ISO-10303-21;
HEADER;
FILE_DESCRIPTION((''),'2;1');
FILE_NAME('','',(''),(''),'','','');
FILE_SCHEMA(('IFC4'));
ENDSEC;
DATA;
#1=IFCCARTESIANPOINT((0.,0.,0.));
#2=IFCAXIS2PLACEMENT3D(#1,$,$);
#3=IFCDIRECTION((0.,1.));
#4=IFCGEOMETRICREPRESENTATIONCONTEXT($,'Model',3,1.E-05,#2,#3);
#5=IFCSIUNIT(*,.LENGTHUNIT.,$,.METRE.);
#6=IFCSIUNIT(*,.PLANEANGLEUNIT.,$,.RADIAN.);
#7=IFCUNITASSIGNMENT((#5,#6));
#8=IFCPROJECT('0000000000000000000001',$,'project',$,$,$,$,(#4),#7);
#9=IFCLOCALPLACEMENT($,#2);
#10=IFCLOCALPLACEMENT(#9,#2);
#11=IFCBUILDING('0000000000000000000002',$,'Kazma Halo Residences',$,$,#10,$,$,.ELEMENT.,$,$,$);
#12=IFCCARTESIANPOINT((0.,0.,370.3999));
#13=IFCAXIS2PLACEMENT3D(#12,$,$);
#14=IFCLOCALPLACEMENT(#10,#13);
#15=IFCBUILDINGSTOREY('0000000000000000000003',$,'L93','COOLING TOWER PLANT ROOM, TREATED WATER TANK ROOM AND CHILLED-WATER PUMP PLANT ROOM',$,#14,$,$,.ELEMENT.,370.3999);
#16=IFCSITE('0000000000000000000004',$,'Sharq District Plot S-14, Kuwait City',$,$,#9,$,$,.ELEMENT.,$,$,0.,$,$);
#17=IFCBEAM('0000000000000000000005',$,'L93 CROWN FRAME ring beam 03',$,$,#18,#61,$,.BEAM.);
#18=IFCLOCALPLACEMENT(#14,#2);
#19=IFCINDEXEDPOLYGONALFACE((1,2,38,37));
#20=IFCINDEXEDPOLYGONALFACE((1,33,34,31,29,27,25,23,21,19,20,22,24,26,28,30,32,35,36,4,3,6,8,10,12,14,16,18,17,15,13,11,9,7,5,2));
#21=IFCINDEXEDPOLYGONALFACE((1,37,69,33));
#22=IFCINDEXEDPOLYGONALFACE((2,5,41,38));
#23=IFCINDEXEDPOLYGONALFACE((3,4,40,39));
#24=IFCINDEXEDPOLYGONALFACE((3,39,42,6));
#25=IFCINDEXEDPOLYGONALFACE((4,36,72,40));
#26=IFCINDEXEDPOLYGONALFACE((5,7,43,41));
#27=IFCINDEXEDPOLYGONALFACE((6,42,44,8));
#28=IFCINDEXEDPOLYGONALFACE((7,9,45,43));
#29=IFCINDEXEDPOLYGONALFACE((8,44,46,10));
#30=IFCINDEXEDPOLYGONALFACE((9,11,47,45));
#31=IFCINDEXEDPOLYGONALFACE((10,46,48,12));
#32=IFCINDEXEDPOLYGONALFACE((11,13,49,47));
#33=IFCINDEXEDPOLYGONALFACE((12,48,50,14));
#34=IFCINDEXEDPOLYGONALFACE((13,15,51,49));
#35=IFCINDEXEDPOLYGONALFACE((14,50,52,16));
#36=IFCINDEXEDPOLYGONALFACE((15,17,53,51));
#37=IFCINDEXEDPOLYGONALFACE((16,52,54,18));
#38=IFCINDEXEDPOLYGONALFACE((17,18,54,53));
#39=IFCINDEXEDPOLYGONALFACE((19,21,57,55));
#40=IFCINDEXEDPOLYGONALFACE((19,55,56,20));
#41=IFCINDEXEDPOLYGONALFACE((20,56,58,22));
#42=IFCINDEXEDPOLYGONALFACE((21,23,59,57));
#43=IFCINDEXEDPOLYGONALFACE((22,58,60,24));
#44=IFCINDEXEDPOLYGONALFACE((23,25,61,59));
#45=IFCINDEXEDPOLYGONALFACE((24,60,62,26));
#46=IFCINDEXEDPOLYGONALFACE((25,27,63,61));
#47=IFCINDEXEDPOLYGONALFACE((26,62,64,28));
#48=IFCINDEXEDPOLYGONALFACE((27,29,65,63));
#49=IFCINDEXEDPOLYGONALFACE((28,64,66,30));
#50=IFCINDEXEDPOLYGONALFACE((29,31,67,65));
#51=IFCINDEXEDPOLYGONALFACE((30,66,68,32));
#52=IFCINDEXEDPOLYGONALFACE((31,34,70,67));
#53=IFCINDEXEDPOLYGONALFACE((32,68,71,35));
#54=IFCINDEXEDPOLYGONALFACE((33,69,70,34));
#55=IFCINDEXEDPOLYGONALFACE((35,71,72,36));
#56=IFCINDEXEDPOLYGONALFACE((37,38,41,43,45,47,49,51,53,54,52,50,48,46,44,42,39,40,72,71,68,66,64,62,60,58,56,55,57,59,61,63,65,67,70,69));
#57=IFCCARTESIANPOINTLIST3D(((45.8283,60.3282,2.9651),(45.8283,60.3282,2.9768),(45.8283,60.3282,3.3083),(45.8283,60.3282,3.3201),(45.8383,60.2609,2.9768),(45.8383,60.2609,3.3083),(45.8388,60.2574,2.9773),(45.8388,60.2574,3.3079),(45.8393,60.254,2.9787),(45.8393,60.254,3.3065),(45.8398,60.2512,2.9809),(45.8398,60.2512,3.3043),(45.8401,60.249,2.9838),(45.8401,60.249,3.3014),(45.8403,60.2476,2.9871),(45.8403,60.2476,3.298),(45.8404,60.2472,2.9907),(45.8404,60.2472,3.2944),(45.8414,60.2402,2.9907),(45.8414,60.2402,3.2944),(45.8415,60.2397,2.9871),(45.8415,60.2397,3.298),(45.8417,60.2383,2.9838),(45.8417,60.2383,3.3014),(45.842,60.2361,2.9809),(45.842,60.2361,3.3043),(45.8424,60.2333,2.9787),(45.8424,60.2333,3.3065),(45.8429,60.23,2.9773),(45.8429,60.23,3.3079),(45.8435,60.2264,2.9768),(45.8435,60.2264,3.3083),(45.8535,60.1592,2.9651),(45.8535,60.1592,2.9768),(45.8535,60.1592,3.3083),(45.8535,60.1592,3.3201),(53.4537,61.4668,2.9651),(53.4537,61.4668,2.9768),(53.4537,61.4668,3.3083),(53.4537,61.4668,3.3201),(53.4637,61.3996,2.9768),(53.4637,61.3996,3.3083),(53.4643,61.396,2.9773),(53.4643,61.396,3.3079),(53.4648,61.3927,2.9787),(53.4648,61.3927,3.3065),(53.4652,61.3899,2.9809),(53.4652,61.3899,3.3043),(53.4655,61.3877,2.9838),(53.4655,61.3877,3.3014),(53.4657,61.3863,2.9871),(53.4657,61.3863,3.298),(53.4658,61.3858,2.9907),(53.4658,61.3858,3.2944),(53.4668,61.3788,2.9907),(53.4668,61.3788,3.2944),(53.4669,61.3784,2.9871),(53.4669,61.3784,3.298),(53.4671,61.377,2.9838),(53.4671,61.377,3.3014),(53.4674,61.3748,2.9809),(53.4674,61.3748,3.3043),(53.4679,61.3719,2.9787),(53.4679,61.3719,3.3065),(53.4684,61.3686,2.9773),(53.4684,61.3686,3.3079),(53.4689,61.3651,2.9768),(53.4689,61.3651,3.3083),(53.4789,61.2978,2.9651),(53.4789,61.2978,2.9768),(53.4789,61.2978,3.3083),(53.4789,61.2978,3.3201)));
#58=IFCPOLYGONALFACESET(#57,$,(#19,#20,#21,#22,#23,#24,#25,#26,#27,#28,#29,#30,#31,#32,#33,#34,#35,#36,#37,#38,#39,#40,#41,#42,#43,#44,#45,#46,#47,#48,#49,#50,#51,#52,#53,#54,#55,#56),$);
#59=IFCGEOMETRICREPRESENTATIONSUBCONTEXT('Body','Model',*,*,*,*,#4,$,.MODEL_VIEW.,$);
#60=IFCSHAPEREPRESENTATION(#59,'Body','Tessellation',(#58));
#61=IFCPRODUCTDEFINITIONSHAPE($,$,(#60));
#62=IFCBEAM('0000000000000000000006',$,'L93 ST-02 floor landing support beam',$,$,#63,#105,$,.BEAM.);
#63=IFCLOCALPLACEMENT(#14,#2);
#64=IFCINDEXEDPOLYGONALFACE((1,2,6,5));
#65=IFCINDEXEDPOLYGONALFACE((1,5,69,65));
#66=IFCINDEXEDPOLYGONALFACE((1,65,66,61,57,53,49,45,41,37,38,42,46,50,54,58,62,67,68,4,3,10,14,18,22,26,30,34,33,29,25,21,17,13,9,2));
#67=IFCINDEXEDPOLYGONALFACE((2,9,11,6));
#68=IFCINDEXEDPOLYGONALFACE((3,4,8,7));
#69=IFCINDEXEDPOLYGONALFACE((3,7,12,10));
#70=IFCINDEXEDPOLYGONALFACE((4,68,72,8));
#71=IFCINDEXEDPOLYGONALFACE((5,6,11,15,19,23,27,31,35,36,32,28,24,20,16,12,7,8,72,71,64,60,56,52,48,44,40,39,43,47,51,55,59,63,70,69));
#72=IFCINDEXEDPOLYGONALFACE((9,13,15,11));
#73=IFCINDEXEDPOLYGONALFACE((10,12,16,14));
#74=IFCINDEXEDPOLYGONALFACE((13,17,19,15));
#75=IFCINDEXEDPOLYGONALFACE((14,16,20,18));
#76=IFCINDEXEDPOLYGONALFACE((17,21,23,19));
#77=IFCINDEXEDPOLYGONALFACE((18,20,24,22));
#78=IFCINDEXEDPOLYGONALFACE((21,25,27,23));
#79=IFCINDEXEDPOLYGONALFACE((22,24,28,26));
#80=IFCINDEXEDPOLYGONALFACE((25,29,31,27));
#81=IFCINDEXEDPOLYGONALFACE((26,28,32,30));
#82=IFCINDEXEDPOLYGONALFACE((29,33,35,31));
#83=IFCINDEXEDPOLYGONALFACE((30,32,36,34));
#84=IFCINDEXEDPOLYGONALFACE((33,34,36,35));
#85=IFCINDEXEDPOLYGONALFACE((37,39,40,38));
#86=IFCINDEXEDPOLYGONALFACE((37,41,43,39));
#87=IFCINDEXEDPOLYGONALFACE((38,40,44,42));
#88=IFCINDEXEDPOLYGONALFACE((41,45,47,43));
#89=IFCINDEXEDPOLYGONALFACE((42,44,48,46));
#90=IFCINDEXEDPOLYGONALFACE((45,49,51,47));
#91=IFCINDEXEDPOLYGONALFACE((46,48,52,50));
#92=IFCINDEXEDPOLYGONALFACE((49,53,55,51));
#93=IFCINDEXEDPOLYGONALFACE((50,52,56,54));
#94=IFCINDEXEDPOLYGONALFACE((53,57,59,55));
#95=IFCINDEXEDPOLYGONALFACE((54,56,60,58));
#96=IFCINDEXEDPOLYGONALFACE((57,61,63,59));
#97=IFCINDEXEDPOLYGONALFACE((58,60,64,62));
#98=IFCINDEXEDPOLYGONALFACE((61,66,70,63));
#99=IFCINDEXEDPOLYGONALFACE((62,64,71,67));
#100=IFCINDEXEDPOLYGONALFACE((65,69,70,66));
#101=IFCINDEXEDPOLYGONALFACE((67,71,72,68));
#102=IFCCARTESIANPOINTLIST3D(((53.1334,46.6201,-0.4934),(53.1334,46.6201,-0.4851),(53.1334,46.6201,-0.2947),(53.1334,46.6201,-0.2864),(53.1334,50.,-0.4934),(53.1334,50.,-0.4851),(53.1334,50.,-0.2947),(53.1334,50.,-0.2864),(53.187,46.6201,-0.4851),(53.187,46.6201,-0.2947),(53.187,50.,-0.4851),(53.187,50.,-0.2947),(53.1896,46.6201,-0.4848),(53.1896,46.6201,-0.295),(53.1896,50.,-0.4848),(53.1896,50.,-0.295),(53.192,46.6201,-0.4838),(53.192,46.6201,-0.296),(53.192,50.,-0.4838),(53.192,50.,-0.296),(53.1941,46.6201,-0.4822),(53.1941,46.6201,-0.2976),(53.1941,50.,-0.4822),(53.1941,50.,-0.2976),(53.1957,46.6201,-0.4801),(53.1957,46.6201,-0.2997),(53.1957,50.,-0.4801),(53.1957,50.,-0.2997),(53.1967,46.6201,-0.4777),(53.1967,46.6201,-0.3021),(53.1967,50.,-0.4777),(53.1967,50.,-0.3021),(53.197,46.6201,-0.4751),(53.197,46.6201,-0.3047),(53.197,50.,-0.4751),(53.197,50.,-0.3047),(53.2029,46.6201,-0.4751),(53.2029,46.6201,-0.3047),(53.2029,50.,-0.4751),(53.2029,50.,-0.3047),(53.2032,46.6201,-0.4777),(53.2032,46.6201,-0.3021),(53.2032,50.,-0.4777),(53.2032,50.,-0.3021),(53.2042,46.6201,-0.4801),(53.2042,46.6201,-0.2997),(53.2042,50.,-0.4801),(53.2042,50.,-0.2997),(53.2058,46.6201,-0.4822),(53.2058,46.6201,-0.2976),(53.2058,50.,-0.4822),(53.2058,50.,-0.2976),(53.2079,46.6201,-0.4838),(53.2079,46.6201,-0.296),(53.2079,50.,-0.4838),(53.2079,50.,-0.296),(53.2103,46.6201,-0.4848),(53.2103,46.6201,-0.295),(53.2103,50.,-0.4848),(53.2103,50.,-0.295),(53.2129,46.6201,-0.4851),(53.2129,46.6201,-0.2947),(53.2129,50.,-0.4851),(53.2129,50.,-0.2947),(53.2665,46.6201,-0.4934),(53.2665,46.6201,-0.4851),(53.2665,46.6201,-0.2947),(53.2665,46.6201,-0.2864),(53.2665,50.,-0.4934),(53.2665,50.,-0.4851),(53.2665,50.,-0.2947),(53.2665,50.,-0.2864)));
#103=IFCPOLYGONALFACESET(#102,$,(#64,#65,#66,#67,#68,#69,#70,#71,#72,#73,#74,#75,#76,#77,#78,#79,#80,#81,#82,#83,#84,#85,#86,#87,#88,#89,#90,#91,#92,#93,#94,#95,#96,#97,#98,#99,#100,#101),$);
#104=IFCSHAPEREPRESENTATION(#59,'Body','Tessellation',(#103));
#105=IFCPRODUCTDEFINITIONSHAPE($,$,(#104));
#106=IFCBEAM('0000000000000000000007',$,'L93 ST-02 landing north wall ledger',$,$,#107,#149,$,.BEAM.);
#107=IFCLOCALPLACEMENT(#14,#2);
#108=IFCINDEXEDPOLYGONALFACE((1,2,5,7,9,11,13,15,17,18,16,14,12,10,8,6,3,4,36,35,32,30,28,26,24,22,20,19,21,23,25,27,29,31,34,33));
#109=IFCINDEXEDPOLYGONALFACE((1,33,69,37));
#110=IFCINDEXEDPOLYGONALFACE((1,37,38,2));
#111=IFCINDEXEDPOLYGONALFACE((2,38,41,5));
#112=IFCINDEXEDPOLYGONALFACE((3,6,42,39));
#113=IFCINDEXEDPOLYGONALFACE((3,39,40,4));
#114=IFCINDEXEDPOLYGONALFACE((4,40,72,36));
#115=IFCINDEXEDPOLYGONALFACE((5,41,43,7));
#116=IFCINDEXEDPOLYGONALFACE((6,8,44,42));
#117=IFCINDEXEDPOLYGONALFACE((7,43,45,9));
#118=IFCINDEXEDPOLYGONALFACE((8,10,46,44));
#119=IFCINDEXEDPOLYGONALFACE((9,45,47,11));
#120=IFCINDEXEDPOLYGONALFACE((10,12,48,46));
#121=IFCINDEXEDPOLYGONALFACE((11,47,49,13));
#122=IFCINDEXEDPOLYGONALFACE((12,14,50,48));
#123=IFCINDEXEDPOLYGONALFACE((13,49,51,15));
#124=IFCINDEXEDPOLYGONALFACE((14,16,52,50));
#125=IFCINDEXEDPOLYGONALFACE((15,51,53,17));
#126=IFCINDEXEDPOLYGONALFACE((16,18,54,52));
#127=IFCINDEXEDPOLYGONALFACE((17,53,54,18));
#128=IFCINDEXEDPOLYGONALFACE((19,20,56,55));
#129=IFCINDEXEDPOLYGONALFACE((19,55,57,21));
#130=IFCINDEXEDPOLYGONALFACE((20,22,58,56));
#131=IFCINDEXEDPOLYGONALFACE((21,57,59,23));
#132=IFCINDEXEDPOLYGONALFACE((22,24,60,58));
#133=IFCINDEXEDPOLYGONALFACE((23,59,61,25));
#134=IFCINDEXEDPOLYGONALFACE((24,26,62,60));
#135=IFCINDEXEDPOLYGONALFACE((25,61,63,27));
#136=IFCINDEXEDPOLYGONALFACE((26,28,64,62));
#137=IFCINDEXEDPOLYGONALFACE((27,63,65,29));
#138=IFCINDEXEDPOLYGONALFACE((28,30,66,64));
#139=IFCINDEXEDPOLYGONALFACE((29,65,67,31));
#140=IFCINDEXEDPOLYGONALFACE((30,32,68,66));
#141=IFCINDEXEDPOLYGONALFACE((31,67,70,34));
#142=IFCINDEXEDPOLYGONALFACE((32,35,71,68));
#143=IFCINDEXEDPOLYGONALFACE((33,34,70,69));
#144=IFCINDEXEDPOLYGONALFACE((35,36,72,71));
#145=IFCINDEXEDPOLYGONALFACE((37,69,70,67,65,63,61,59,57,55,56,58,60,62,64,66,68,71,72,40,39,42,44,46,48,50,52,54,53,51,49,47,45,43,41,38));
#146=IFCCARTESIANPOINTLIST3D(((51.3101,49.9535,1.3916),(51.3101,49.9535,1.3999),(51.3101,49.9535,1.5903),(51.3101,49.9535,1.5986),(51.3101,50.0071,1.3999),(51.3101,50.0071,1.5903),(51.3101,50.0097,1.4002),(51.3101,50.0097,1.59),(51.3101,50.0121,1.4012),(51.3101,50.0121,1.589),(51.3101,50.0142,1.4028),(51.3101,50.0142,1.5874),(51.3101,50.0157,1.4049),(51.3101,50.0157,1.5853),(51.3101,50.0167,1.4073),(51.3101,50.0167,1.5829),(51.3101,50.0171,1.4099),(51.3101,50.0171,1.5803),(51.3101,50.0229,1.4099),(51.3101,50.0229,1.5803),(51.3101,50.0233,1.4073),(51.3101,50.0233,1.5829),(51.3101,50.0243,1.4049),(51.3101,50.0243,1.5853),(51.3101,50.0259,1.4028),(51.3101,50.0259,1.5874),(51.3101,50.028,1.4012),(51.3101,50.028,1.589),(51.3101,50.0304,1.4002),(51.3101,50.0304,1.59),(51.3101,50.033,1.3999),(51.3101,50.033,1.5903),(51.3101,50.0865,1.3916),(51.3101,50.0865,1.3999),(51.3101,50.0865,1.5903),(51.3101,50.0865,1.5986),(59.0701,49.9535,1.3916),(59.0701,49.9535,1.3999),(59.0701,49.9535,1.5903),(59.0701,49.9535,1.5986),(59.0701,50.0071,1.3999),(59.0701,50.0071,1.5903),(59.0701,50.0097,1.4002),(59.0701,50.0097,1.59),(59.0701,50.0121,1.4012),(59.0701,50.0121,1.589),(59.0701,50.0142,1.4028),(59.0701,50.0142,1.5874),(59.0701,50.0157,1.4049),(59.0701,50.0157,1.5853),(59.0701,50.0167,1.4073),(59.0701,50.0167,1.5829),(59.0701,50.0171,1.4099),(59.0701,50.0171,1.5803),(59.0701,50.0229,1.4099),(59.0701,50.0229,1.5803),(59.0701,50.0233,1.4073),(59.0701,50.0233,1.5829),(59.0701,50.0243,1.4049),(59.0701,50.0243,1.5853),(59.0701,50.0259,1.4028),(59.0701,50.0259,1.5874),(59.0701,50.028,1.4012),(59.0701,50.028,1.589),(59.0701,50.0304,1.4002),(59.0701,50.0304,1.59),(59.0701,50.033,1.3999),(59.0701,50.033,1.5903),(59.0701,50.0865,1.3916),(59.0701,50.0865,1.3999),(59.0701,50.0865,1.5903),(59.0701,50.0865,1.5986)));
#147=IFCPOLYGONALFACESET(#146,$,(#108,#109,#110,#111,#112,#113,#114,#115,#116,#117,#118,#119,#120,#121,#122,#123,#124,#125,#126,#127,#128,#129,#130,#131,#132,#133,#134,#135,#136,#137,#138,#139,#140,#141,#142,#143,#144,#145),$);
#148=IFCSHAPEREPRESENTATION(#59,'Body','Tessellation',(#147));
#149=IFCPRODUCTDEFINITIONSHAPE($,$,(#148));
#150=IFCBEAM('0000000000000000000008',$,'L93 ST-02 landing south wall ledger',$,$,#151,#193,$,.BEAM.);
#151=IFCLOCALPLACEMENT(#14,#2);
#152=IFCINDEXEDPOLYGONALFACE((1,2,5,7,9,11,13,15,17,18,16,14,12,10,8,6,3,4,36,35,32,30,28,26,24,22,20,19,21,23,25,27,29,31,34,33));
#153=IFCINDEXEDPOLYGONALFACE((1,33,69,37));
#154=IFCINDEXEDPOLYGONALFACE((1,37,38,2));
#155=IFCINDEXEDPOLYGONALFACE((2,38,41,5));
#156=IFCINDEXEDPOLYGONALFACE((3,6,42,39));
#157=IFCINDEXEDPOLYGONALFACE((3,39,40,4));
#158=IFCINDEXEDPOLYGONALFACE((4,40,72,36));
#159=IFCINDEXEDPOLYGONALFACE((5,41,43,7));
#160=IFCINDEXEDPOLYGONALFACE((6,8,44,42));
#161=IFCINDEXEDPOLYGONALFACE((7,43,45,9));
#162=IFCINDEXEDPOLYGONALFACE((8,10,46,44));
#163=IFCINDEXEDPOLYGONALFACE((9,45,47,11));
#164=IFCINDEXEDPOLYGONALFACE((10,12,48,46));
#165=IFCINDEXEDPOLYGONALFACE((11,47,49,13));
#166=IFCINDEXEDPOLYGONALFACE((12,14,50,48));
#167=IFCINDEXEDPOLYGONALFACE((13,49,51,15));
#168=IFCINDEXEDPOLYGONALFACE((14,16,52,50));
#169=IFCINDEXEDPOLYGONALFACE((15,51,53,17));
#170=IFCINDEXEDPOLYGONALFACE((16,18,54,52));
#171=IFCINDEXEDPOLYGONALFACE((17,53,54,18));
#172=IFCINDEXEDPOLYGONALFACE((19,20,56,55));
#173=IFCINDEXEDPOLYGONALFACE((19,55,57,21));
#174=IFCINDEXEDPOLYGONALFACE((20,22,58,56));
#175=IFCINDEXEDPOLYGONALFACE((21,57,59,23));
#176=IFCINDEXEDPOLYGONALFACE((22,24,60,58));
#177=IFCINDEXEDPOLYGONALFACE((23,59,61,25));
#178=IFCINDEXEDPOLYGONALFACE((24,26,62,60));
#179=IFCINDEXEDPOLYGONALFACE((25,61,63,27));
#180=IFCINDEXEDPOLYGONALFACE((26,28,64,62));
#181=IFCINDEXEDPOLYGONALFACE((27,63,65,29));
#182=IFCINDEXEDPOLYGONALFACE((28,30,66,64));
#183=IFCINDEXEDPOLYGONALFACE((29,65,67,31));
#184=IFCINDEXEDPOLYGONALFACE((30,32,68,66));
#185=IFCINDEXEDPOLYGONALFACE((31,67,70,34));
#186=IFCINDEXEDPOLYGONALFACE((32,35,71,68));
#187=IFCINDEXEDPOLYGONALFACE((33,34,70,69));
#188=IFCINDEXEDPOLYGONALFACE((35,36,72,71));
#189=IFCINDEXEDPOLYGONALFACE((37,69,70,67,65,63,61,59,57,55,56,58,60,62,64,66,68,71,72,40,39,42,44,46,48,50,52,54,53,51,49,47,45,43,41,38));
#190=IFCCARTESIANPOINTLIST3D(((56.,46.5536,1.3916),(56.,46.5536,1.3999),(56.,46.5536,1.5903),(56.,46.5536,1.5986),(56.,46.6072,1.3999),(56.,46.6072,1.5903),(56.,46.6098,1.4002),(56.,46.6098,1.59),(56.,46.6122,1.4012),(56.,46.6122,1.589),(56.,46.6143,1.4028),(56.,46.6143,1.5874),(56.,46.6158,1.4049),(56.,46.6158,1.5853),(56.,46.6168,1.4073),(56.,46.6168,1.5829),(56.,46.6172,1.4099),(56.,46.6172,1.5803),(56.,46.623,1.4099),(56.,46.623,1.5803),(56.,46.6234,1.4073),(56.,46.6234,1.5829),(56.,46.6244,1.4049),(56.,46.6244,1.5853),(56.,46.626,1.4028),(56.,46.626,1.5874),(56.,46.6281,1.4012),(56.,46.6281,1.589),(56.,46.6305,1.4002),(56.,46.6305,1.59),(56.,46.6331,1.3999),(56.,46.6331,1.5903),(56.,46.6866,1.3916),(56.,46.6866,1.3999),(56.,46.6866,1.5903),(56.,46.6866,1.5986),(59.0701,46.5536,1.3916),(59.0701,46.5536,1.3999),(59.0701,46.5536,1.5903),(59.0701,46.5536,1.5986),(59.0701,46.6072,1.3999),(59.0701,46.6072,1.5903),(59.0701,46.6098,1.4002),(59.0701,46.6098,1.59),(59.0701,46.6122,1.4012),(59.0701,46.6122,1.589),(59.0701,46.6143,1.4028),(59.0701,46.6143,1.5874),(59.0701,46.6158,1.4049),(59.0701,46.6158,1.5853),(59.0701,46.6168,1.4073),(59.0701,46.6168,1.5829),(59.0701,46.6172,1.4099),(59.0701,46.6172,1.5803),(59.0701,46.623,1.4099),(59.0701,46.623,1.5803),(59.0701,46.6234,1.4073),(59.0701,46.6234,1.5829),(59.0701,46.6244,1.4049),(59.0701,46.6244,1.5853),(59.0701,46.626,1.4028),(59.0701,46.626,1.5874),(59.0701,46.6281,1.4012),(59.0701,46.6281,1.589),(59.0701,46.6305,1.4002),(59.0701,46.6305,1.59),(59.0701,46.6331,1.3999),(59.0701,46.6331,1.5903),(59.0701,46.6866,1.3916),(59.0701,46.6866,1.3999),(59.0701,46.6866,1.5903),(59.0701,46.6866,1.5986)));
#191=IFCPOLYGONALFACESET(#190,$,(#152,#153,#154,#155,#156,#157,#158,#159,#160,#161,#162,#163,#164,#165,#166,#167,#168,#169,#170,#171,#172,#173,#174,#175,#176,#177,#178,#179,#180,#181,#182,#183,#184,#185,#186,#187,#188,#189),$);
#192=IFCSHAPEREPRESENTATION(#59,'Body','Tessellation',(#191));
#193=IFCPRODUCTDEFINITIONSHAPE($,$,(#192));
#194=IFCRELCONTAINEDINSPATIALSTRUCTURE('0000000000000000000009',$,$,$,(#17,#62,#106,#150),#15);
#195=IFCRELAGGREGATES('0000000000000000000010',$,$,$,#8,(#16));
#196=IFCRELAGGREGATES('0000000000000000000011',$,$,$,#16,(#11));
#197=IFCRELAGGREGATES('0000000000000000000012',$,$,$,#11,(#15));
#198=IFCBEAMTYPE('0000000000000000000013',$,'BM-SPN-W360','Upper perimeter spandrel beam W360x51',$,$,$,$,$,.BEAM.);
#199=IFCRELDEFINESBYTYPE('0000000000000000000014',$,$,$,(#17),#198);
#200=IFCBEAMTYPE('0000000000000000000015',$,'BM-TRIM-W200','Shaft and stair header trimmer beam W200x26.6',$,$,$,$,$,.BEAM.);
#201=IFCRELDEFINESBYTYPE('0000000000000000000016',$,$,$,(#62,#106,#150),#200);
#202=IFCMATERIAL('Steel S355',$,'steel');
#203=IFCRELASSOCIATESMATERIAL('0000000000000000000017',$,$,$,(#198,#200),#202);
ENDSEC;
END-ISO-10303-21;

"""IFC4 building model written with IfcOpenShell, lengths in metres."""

from ifc_helpers import new_model, si_unit, direction, frame, origin, origin_2d, place, context, subcontext, project, spatial, i_section, extrude, material, material_profile, profile_set, type_object, element, save


model = new_model("IFC4")

# Units and contexts
model_context = context("Model", 3, precision=1e-05, world=origin(), true_north=direction((0.0, 1.0)))
body_context = subcontext(model_context, "Body", "Model", "MODEL_VIEW")
ifc_project = project(units=[si_unit("LENGTHUNIT", "METRE"), si_unit("PLANEANGLEUNIT", "RADIAN")], contexts=[model_context])

# Site, building, storey
site_placement = place(None, origin())
site = spatial("IfcSite", under=ifc_project, at=site_placement, Name="Sharq District Plot S-14, Kuwait City", CompositionType="ELEMENT", RefElevation=0.0)
building_placement = place(site_placement, origin())
building = spatial("IfcBuilding", under=site, at=building_placement, Name="Kazma Halo Residences", CompositionType="ELEMENT")
storey_placement = place(building_placement, frame((0.0, 0.0, 370.3999)))
storey = spatial("IfcBuildingStorey", under=building, at=storey_placement, Name="L93", Description="COOLING TOWER PLANT ROOM, TREATED WATER TANK ROOM AND CHILLED-WATER PUMP PLANT ROOM", CompositionType="ELEMENT", Elevation=370.3999)

# Shared definitions
ifc_material_1 = material(Name="Steel S355", Category="steel")

# Beams
ifc_material_profile_1 = material_profile(ifc_material_1, i_section(OverallWidth=0.1709, OverallDepth=0.355, WebThickness=0.0071, FlangeThickness=0.0117, FilletRadius=0.0139, at=origin_2d()), Name="W360x51")
ifc_profile_set_1 = profile_set([ifc_material_profile_1], Name="Steel S355")
beam_type_1 = type_object("IfcBeamType", Name="BM-SPN-W360", Description="Upper perimeter spandrel beam W360x51", PredefinedType="BEAM", material=ifc_profile_set_1)
beam_1_placement = place(storey_placement, frame((53.4663, 61.3823, 3.1426), z_axis=(-0.989034, -0.147687, 0.0), x_axis=(0.147687, -0.989034, 0.0)))
element("IfcBeam", 1, at=beam_1_placement, inside=storey, type_object=beam_type_1, Name="L93 CROWN FRAME ring beam 03", PredefinedType="BEAM", context=body_context, shape_type="SweptSolid", body=[
    extrude(i_section(OverallWidth=0.1709, OverallDepth=0.355, WebThickness=0.0071, FlangeThickness=0.0117, FilletRadius=0.0139, at=origin_2d()), origin(), (0.0, 0.0, 1.0), 7.71),
])
ifc_material_profile_2 = material_profile(ifc_material_1, i_section(OverallWidth=0.1331, OverallDepth=0.207, WebThickness=0.0059, FlangeThickness=0.0083, FilletRadius=0.01, at=origin_2d()), Name="W200x26.6")
ifc_profile_set_2 = profile_set([ifc_material_profile_2], Name="Steel S355")
beam_type_2 = type_object("IfcBeamType", Name="BM-TRIM-W200", Description="Shaft and stair header trimmer beam W200x26.6", PredefinedType="BEAM", material=ifc_profile_set_2)
beam_2_placement = place(storey_placement, frame((53.2, 46.6201, -0.3899), z_axis=(0.0, 1.0, 0.0), x_axis=(-1.0, 0.0, 0.0)))
element("IfcBeam", 2, at=beam_2_placement, inside=storey, type_object=beam_type_2, Name="L93 ST-02 floor landing support beam", PredefinedType="BEAM", context=body_context, shape_type="SweptSolid", body=[
    extrude(i_section(OverallWidth=0.1331, OverallDepth=0.207, WebThickness=0.0059, FlangeThickness=0.0083, FilletRadius=0.01, at=origin_2d()), origin(), (0.0, 0.0, 1.0), 3.3799),
])
beam_3_placement = place(storey_placement, frame((51.3101, 50.02, 1.4951), z_axis=(1.0, 0.0, 0.0), x_axis=(0.0, 1.0, 0.0)))
element("IfcBeam", 3, at=beam_3_placement, inside=storey, type_object=beam_type_2, Name="L93 ST-02 landing north wall ledger", PredefinedType="BEAM", context=body_context, shape_type="SweptSolid", body=[
    extrude(i_section(OverallWidth=0.1331, OverallDepth=0.207, WebThickness=0.0059, FlangeThickness=0.0083, FilletRadius=0.01, at=origin_2d()), origin(), (0.0, 0.0, 1.0), 7.76),
])
beam_4_placement = place(storey_placement, frame((56.0, 46.6201, 1.4951), z_axis=(1.0, 0.0, 0.0), x_axis=(0.0, 1.0, 0.0)))
element("IfcBeam", 4, at=beam_4_placement, inside=storey, type_object=beam_type_2, Name="L93 ST-02 landing south wall ledger", PredefinedType="BEAM", context=body_context, shape_type="SweptSolid", body=[
    extrude(i_section(OverallWidth=0.1331, OverallDepth=0.207, WebThickness=0.0059, FlangeThickness=0.0083, FilletRadius=0.01, at=origin_2d()), origin(), (0.0, 0.0, 1.0), 3.0701),
])

save(model, "model.ifc")
